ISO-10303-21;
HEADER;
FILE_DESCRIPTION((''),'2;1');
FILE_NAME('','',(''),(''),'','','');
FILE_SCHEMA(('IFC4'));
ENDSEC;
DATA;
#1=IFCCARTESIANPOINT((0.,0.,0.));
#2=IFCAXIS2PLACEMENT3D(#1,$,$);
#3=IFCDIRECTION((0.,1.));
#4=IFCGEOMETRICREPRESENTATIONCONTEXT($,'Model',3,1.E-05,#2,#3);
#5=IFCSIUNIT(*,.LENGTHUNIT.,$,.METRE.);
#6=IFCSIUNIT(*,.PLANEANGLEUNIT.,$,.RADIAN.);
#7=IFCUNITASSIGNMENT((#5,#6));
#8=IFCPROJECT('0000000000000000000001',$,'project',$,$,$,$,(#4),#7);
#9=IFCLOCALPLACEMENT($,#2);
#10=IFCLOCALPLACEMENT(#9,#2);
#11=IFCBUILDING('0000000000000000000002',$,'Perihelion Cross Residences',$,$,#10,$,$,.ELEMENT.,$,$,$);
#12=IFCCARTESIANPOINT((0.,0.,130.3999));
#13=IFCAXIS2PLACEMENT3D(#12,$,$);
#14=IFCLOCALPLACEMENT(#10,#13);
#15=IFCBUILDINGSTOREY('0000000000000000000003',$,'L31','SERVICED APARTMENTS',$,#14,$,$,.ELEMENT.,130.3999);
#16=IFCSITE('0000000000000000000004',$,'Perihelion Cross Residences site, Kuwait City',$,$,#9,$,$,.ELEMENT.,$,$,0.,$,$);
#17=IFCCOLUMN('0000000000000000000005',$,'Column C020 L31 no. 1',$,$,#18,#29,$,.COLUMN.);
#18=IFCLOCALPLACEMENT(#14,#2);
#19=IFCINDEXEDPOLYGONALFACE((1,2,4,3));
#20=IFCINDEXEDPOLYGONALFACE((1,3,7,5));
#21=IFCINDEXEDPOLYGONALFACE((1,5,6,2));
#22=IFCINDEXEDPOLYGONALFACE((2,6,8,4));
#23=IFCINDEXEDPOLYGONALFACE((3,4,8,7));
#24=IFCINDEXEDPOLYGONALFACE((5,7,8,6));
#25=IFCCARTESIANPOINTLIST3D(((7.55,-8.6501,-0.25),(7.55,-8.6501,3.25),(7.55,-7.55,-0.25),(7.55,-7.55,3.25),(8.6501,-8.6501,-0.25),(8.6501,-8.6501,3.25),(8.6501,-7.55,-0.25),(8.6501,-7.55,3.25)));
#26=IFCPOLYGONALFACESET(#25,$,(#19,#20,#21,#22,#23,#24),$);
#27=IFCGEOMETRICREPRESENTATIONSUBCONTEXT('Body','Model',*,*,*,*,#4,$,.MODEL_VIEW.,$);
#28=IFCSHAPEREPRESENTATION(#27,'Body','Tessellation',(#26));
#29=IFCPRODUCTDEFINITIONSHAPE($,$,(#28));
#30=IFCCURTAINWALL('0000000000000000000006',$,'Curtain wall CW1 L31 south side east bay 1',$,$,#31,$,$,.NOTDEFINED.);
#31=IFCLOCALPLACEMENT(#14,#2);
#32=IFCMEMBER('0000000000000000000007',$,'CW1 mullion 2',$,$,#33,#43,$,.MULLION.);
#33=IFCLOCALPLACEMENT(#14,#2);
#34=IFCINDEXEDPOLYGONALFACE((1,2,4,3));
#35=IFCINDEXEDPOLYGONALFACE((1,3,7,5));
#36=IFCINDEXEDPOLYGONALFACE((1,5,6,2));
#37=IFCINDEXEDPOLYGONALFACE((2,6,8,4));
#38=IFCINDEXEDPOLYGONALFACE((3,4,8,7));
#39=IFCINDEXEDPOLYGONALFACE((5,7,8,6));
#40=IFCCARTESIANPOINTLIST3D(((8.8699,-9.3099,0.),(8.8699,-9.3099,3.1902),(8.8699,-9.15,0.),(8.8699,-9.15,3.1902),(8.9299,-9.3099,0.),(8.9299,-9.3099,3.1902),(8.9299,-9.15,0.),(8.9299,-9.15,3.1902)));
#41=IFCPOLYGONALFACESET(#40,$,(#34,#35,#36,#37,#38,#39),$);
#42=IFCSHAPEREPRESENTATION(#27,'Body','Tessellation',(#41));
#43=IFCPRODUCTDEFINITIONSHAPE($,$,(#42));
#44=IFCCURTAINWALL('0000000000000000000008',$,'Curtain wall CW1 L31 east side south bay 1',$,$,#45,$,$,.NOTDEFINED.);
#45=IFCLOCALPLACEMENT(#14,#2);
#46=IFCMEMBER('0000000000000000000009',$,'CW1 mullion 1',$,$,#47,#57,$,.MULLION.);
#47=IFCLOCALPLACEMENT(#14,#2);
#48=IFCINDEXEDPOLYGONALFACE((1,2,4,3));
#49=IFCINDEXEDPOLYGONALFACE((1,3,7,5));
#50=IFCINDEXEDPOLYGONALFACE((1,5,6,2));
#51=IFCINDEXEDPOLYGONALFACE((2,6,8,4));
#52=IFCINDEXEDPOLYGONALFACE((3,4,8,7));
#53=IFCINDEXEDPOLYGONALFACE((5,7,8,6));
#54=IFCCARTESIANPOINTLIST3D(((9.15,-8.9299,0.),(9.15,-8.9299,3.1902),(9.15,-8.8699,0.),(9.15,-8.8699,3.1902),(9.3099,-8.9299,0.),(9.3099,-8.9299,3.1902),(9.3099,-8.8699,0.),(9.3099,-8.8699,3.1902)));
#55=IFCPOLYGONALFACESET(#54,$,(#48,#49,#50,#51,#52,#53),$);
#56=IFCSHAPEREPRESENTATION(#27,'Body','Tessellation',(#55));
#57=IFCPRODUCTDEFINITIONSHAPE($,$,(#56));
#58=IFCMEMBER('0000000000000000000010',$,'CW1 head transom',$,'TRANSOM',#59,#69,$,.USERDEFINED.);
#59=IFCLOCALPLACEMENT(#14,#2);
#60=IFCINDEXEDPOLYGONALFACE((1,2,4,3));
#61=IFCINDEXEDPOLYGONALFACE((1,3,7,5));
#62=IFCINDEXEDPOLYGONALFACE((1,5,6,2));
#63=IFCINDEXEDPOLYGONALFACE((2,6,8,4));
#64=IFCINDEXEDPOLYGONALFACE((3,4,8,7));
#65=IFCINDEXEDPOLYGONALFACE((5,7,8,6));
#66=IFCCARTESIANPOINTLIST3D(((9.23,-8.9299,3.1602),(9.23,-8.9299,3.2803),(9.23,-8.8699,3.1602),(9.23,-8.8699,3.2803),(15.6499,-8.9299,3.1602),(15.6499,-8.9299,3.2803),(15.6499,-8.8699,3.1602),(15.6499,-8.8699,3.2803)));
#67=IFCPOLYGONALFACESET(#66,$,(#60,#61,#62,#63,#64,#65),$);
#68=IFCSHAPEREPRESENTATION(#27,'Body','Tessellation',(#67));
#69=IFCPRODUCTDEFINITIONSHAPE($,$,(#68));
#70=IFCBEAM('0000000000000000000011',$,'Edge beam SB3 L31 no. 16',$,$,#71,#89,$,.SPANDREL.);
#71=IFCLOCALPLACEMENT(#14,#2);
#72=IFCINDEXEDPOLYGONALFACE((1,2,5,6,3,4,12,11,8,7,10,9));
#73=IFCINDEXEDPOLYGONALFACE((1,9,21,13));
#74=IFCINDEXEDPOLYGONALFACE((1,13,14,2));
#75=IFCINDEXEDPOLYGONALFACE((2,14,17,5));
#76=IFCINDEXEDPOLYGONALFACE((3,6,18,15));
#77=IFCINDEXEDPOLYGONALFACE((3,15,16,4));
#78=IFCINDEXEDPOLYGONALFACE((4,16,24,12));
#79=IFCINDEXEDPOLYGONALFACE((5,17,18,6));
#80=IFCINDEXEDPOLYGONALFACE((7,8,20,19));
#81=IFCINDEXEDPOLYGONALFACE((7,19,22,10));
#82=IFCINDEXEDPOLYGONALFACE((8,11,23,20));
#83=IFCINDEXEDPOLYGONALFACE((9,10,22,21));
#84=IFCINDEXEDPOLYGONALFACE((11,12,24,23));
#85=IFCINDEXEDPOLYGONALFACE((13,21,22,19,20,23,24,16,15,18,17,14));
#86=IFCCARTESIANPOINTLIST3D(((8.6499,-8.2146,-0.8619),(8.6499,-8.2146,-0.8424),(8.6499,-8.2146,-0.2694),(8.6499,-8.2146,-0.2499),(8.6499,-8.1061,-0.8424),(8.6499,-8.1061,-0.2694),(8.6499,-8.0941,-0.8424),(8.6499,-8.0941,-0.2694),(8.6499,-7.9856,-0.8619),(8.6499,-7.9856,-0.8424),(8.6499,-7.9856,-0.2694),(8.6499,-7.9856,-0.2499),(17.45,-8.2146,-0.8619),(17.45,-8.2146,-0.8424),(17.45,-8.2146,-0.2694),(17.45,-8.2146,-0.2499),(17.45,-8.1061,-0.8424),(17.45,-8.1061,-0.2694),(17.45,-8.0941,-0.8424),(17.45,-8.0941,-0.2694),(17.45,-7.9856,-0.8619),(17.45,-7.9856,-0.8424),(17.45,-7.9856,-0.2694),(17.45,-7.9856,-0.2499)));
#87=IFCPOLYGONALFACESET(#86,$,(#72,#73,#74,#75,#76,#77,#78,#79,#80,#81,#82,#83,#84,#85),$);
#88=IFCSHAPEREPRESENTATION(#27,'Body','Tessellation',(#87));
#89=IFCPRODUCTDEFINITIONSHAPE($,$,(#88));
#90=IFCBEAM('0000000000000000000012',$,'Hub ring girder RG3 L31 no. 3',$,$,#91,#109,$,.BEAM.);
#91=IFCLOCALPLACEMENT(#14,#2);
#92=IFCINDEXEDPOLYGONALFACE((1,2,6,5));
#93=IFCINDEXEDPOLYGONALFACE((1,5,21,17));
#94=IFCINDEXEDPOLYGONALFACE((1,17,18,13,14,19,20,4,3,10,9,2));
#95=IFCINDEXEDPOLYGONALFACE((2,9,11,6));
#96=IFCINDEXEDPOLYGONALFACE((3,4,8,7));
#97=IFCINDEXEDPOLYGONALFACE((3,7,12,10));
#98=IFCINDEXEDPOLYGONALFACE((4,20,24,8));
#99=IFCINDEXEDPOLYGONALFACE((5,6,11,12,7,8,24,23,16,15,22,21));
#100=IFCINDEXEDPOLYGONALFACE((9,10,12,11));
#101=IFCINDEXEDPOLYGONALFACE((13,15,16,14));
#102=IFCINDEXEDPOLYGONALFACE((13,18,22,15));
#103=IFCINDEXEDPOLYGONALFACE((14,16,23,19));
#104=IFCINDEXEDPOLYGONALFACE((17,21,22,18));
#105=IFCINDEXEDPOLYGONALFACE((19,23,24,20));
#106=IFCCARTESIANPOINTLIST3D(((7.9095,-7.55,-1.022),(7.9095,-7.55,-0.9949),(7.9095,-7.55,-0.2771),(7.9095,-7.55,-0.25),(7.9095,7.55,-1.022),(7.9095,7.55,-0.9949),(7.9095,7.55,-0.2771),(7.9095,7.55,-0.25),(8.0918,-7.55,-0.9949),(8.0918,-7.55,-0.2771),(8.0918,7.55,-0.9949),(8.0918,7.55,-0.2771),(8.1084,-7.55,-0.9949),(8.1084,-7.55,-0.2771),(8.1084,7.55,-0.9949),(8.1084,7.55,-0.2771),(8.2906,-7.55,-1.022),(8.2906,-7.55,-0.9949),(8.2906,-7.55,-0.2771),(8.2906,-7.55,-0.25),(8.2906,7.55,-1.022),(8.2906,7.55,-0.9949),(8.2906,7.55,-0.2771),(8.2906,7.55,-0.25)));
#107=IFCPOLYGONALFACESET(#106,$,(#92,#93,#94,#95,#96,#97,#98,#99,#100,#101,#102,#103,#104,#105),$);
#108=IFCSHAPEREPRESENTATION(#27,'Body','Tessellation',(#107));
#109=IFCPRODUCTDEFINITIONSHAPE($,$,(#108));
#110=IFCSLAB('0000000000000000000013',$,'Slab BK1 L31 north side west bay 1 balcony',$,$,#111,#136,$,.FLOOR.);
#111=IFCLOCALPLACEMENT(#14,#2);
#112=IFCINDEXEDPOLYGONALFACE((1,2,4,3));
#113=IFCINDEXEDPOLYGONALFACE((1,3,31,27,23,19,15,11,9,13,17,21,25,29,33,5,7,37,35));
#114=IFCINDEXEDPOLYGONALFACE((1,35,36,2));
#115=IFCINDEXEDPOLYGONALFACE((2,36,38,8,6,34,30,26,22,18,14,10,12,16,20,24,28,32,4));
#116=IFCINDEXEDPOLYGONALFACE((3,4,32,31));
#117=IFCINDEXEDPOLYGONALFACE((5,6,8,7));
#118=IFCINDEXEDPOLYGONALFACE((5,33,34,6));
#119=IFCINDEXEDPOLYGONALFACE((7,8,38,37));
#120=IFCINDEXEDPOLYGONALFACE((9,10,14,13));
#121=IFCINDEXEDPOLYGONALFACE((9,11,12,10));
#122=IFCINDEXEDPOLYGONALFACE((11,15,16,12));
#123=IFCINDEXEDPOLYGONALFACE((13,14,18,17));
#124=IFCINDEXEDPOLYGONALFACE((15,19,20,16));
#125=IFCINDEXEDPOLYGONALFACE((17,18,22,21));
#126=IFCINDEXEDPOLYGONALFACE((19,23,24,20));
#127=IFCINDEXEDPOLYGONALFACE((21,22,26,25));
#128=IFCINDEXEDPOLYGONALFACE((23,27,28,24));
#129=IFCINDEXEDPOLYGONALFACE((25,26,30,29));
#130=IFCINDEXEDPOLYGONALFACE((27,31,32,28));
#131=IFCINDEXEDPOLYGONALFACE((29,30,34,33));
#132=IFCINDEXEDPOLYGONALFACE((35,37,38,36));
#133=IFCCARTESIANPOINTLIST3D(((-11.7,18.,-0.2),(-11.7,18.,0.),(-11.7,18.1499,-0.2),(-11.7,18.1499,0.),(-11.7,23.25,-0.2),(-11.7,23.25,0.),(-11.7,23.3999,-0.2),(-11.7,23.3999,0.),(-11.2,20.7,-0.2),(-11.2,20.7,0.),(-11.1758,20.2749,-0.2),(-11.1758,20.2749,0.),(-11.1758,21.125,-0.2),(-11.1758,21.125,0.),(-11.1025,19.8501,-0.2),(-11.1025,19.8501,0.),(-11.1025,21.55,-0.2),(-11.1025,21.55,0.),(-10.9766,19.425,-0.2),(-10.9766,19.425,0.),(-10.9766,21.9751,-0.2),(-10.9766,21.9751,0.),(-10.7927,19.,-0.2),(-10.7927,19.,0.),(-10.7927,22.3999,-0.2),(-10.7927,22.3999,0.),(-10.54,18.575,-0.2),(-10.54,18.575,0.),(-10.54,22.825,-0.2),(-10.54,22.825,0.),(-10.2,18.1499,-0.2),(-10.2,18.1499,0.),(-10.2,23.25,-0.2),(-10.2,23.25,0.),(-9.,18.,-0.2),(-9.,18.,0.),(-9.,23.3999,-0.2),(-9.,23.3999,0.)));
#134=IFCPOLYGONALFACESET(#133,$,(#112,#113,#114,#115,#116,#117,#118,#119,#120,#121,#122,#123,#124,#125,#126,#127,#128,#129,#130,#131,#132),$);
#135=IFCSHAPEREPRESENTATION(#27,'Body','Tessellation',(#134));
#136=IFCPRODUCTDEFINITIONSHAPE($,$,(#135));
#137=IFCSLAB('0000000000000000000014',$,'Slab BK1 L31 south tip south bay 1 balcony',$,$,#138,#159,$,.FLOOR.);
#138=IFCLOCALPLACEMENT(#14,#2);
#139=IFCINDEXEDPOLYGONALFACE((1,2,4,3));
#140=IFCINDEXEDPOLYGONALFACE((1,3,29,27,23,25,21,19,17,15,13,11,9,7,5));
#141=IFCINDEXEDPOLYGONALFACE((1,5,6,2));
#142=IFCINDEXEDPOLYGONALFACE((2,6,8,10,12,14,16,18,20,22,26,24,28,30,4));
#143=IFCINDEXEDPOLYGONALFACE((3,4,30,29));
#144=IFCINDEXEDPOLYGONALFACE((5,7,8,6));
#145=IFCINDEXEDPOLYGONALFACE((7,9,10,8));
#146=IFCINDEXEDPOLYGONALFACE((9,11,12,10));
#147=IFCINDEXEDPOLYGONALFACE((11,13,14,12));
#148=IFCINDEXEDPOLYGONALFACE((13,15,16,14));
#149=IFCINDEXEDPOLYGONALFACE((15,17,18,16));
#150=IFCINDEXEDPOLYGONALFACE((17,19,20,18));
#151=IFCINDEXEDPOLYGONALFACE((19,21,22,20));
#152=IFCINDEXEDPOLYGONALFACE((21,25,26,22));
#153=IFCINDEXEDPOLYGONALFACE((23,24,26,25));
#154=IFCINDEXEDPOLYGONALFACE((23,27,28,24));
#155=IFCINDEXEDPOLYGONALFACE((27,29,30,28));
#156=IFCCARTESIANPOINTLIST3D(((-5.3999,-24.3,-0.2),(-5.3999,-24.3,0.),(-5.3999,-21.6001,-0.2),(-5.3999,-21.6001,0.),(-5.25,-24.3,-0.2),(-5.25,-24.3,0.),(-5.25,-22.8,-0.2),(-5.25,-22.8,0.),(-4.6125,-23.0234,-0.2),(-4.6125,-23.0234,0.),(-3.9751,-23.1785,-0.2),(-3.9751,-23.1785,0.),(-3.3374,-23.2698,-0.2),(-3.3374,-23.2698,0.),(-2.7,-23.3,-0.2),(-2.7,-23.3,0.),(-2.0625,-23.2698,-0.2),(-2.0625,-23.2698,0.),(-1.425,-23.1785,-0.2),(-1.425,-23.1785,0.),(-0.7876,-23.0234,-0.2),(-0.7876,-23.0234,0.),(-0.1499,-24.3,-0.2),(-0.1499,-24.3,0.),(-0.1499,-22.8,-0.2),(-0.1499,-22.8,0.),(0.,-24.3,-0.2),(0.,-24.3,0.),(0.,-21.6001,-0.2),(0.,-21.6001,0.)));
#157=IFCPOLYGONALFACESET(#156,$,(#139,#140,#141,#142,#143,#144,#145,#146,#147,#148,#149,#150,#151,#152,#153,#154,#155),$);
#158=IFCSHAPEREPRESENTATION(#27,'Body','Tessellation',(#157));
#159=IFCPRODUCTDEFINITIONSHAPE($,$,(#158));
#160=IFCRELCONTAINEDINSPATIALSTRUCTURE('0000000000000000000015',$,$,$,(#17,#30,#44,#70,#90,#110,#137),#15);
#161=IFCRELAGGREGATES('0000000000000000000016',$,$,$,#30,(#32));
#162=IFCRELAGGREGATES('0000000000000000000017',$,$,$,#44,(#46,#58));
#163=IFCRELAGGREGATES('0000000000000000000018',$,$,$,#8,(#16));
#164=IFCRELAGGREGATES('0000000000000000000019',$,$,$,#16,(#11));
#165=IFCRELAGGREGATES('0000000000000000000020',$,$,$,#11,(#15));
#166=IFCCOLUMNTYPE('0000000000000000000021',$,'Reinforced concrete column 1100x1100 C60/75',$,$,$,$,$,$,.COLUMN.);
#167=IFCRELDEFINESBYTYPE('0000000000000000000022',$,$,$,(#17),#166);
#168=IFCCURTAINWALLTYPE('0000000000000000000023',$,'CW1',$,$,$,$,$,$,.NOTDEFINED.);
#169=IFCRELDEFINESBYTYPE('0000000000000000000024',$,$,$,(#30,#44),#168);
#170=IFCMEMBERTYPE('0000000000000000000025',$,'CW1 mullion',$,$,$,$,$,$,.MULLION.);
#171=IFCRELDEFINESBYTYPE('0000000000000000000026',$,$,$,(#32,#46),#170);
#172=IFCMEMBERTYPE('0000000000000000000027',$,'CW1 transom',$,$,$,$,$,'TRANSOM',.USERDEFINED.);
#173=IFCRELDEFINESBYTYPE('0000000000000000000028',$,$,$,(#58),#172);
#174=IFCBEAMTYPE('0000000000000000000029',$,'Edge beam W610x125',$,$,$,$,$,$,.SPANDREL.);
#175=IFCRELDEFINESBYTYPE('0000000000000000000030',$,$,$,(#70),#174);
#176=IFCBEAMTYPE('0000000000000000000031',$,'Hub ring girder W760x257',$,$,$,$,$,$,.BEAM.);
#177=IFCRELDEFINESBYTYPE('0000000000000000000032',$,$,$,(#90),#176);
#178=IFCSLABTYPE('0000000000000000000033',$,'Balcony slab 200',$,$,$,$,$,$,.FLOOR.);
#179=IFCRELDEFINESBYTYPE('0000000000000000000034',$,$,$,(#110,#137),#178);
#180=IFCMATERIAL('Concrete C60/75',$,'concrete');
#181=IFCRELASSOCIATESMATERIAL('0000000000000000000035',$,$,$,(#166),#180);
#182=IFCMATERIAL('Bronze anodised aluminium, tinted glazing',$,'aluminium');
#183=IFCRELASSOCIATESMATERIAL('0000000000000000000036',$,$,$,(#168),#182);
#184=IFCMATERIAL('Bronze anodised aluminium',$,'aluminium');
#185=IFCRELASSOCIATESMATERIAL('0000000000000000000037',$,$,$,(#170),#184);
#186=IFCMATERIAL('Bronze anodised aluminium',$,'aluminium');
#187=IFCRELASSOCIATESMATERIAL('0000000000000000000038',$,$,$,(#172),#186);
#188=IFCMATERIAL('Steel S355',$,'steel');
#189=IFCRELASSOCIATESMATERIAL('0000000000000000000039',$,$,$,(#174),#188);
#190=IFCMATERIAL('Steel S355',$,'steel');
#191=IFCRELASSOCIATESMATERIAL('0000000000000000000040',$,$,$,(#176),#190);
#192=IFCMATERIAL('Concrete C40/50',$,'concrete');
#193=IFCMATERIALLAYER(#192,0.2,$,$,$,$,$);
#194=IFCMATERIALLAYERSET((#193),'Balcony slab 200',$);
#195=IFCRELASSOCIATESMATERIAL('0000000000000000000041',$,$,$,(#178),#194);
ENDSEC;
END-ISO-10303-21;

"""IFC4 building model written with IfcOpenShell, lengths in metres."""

from ifc_helpers import new_model, si_unit, direction, frame, origin, origin_2d, place, context, subcontext, project, spatial, polyline, rectangle, i_section, outline, extrude, material, layer, layer_set, material_profile, profile_set, type_object, element, aggregate, save


model = new_model("IFC4")

# Units and contexts
model_context = context("Model", 3, precision=1e-05, world=origin(), true_north=direction((0.0, 1.0)))
body_context = subcontext(model_context, "Body", "Model", "MODEL_VIEW")
ifc_project = project(units=[si_unit("LENGTHUNIT", "METRE"), si_unit("PLANEANGLEUNIT", "RADIAN")], contexts=[model_context])

# Site, building, storey
site_placement = place(None, origin())
site = spatial("IfcSite", under=ifc_project, at=site_placement, Name="Perihelion Cross Residences site, Kuwait City", CompositionType="ELEMENT", RefElevation=0.0)
building_placement = place(site_placement, origin())
building = spatial("IfcBuilding", under=site, at=building_placement, Name="Perihelion Cross Residences", CompositionType="ELEMENT")
storey_placement = place(building_placement, frame((0.0, 0.0, 130.3999)))
storey = spatial("IfcBuildingStorey", under=building, at=storey_placement, Name="L31", Description="SERVICED APARTMENTS", CompositionType="ELEMENT", Elevation=130.3999)

# Column
ifc_material_1 = material(Name="Concrete C60/75", Category="concrete")
ifc_material_profile_1 = material_profile(ifc_material_1, rectangle(XDim=1.1001, YDim=1.1001, at=origin_2d()), Name="RC 1100x1100")
ifc_profile_set_1 = profile_set([ifc_material_profile_1], Name="Concrete C60/75")
column_type = type_object("IfcColumnType", Name="Reinforced concrete column 1100x1100 C60/75", PredefinedType="COLUMN", material=ifc_profile_set_1)
column_placement = place(storey_placement, frame((8.1001, -8.1001, -0.25), z_axis=(0.0, 0.0, 1.0), x_axis=(1.0, 0.0, 0.0)))
element("IfcColumn", 1, at=column_placement, inside=storey, type_object=column_type, Name="Column C020 L31 no. 1", PredefinedType="COLUMN", context=body_context, shape_type="SweptSolid", body=[
    extrude(rectangle(XDim=1.1001, YDim=1.1001, at=origin_2d()), origin(), (0.0, 0.0, 1.0), 3.5),
])

# Curtain wall, member
ifc_material_2 = material(Name="Bronze anodised aluminium, tinted glazing", Category="aluminium")
curtain_wall_type = type_object("IfcCurtainWallType", Name="CW1", PredefinedType="NOTDEFINED", material=ifc_material_2)
curtain_wall_1_placement = place(storey_placement, origin())
curtain_wall_1 = element("IfcCurtainWall", 2, at=curtain_wall_1_placement, inside=storey, type_object=curtain_wall_type, Name="Curtain wall CW1 L31 south side east bay 1", PredefinedType="NOTDEFINED")
ifc_material_3 = material(Name="Bronze anodised aluminium", Category="aluminium")
ifc_material_profile_2 = material_profile(ifc_material_3, rectangle(XDim=0.0601, YDim=0.1599, at=origin_2d()), Name="CW1 mullion")
ifc_profile_set_2 = profile_set([ifc_material_profile_2], Name="Bronze anodised aluminium")
member_type_1 = type_object("IfcMemberType", Name="CW1 mullion", PredefinedType="MULLION", material=ifc_profile_set_2)
member_1_placement = place(storey_placement, frame((8.8999, -9.23, 0.0), z_axis=(0.0, 0.0, 1.0), x_axis=(-1.0, 0.0, 0.0)))
member_1 = element("IfcMember", 3, at=member_1_placement, type_object=member_type_1, Name="CW1 mullion 2", PredefinedType="MULLION", context=body_context, shape_type="SweptSolid", body=[
    extrude(rectangle(XDim=0.0601, YDim=0.1599, at=origin_2d()), origin(), (0.0, 0.0, 1.0), 3.1902),
])
aggregate(curtain_wall_1, [member_1])

# Curtain wall, members
curtain_wall_2_placement = place(storey_placement, origin())
curtain_wall_2 = element("IfcCurtainWall", 4, at=curtain_wall_2_placement, inside=storey, type_object=curtain_wall_type, Name="Curtain wall CW1 L31 east side south bay 1", PredefinedType="NOTDEFINED")
member_2_placement = place(storey_placement, frame((9.23, -8.8999, 0.0), z_axis=(0.0, 0.0, 1.0), x_axis=(0.0, 1.0, 0.0)))
member_2 = element("IfcMember", 5, at=member_2_placement, type_object=member_type_1, Name="CW1 mullion 1", PredefinedType="MULLION", context=body_context, shape_type="SweptSolid", body=[
    extrude(rectangle(XDim=0.0601, YDim=0.1599, at=origin_2d()), origin(), (0.0, 0.0, 1.0), 3.1902),
])
ifc_material_4 = material(Name="Bronze anodised aluminium", Category="aluminium")
ifc_material_profile_3 = material_profile(ifc_material_4, rectangle(XDim=0.0601, YDim=0.1201, at=origin_2d()), Name="CW1 transom")
ifc_profile_set_3 = profile_set([ifc_material_profile_3], Name="Bronze anodised aluminium")
member_type_2 = type_object("IfcMemberType", Name="CW1 transom", ElementType="TRANSOM", PredefinedType="USERDEFINED", material=ifc_profile_set_3)
member_3_placement = place(storey_placement, frame((9.23, -8.8999, 3.2202), z_axis=(1.0, 0.0, 0.0), x_axis=(0.0, 1.0, 0.0)))
member_3 = element("IfcMember", 6, at=member_3_placement, type_object=member_type_2, Name="CW1 head transom", ObjectType="TRANSOM", PredefinedType="USERDEFINED", context=body_context, shape_type="SweptSolid", body=[
    extrude(rectangle(XDim=0.0601, YDim=0.1201, at=origin_2d()), origin(), (0.0, 0.0, 1.0), 6.4199),
])

# Beams
ifc_material_5 = material(Name="Steel S355", Category="steel")
ifc_material_profile_4 = material_profile(ifc_material_5, i_section(OverallWidth=0.229, OverallDepth=0.6121, WebThickness=0.012, FlangeThickness=0.0195, at=origin_2d()), Name="W610x125")
ifc_profile_set_4 = profile_set([ifc_material_profile_4], Name="Steel S355")
beam_type_1 = type_object("IfcBeamType", Name="Edge beam W610x125", PredefinedType="SPANDREL", material=ifc_profile_set_4)
beam_1_placement = place(storey_placement, frame((8.6499, -8.1001, -0.5559), z_axis=(1.0, 0.0, 0.0), x_axis=(0.0, 1.0, 0.0)))
element("IfcBeam", 7, at=beam_1_placement, inside=storey, type_object=beam_type_1, Name="Edge beam SB3 L31 no. 16", PredefinedType="SPANDREL", context=body_context, shape_type="SweptSolid", body=[
    extrude(i_section(OverallWidth=0.229, OverallDepth=0.6121, WebThickness=0.012, FlangeThickness=0.0195, at=origin_2d()), origin(), (0.0, 0.0, 1.0), 8.8),
])
ifc_material_6 = material(Name="Steel S355", Category="steel")
ifc_material_profile_5 = material_profile(ifc_material_6, i_section(OverallWidth=0.3811, OverallDepth=0.772, WebThickness=0.0166, FlangeThickness=0.0271, at=origin_2d()), Name="W760x257")
ifc_profile_set_5 = profile_set([ifc_material_profile_5], Name="Steel S355")
beam_type_2 = type_object("IfcBeamType", Name="Hub ring girder W760x257", PredefinedType="BEAM", material=ifc_profile_set_5)
beam_2_placement = place(storey_placement, frame((8.1001, -7.55, -0.636), z_axis=(0.0, 1.0, 0.0), x_axis=(-1.0, 0.0, 0.0)))
element("IfcBeam", 8, at=beam_2_placement, inside=storey, type_object=beam_type_2, Name="Hub ring girder RG3 L31 no. 3", PredefinedType="BEAM", context=body_context, shape_type="SweptSolid", body=[
    extrude(i_section(OverallWidth=0.3811, OverallDepth=0.772, WebThickness=0.0166, FlangeThickness=0.0271, at=origin_2d()), origin(), (0.0, 0.0, 1.0), 15.1001),
])

# Slabs
ifc_material_7 = material(Name="Concrete C40/50", Category="concrete")
ifc_layer_1 = layer(ifc_material_7, 0.2)
ifc_layer_set_1 = layer_set([ifc_layer_1], Name="Balcony slab 200")
slab_type_1 = type_object("IfcSlabType", Name="Balcony slab 200", PredefinedType="FLOOR", material=ifc_layer_set_1)
slab_1_placement = place(storey_placement, frame((0.0, 0.0, -0.2)))
element("IfcSlab", 9, at=slab_1_placement, inside=storey, type_object=slab_type_1, Name="Slab BK1 L31 north side west bay 1 balcony", PredefinedType="FLOOR", context=body_context, shape_type="SweptSolid", body=[
    extrude(outline(polyline([(-9.0, 23.3999), (-9.0, 18.0), (-11.7, 18.0), (-11.7, 18.1499), (-10.2, 18.1499), (-10.54, 18.575), (-10.7927, 19.0), (-10.9766, 19.425), (-11.1025, 19.8501), (-11.1758, 20.2749), (-11.2, 20.7), (-11.1758, 21.125), (-11.1025, 21.55), (-10.9766, 21.9751), (-10.7927, 22.3999), (-10.54, 22.825), (-10.2, 23.25), (-11.7, 23.25), (-11.7, 23.3999), (-9.0, 23.3999)])), origin(), (0.0, 0.0, 1.0), 0.2),
])
slab_2_placement = place(storey_placement, frame((0.0, 0.0, -0.2)))
element("IfcSlab", 10, at=slab_2_placement, inside=storey, type_object=slab_type_1, Name="Slab BK1 L31 south tip south bay 1 balcony", PredefinedType="FLOOR", context=body_context, shape_type="SweptSolid", body=[
    extrude(outline(polyline([(-5.3999, -21.6001), (0.0, -21.6001), (0.0, -24.3), (-0.1499, -24.3), (-0.1499, -22.8), (-0.7876, -23.0234), (-1.425, -23.1785), (-2.0625, -23.2698), (-2.7, -23.3), (-3.3374, -23.2698), (-3.9751, -23.1785), (-4.6125, -23.0234), (-5.25, -22.8), (-5.25, -24.3), (-5.3999, -24.3), (-5.3999, -21.6001)])), origin(), (0.0, 0.0, 1.0), 0.2),
])

aggregate(curtain_wall_2, [member_2, member_3])

save(model, "model.ifc")
